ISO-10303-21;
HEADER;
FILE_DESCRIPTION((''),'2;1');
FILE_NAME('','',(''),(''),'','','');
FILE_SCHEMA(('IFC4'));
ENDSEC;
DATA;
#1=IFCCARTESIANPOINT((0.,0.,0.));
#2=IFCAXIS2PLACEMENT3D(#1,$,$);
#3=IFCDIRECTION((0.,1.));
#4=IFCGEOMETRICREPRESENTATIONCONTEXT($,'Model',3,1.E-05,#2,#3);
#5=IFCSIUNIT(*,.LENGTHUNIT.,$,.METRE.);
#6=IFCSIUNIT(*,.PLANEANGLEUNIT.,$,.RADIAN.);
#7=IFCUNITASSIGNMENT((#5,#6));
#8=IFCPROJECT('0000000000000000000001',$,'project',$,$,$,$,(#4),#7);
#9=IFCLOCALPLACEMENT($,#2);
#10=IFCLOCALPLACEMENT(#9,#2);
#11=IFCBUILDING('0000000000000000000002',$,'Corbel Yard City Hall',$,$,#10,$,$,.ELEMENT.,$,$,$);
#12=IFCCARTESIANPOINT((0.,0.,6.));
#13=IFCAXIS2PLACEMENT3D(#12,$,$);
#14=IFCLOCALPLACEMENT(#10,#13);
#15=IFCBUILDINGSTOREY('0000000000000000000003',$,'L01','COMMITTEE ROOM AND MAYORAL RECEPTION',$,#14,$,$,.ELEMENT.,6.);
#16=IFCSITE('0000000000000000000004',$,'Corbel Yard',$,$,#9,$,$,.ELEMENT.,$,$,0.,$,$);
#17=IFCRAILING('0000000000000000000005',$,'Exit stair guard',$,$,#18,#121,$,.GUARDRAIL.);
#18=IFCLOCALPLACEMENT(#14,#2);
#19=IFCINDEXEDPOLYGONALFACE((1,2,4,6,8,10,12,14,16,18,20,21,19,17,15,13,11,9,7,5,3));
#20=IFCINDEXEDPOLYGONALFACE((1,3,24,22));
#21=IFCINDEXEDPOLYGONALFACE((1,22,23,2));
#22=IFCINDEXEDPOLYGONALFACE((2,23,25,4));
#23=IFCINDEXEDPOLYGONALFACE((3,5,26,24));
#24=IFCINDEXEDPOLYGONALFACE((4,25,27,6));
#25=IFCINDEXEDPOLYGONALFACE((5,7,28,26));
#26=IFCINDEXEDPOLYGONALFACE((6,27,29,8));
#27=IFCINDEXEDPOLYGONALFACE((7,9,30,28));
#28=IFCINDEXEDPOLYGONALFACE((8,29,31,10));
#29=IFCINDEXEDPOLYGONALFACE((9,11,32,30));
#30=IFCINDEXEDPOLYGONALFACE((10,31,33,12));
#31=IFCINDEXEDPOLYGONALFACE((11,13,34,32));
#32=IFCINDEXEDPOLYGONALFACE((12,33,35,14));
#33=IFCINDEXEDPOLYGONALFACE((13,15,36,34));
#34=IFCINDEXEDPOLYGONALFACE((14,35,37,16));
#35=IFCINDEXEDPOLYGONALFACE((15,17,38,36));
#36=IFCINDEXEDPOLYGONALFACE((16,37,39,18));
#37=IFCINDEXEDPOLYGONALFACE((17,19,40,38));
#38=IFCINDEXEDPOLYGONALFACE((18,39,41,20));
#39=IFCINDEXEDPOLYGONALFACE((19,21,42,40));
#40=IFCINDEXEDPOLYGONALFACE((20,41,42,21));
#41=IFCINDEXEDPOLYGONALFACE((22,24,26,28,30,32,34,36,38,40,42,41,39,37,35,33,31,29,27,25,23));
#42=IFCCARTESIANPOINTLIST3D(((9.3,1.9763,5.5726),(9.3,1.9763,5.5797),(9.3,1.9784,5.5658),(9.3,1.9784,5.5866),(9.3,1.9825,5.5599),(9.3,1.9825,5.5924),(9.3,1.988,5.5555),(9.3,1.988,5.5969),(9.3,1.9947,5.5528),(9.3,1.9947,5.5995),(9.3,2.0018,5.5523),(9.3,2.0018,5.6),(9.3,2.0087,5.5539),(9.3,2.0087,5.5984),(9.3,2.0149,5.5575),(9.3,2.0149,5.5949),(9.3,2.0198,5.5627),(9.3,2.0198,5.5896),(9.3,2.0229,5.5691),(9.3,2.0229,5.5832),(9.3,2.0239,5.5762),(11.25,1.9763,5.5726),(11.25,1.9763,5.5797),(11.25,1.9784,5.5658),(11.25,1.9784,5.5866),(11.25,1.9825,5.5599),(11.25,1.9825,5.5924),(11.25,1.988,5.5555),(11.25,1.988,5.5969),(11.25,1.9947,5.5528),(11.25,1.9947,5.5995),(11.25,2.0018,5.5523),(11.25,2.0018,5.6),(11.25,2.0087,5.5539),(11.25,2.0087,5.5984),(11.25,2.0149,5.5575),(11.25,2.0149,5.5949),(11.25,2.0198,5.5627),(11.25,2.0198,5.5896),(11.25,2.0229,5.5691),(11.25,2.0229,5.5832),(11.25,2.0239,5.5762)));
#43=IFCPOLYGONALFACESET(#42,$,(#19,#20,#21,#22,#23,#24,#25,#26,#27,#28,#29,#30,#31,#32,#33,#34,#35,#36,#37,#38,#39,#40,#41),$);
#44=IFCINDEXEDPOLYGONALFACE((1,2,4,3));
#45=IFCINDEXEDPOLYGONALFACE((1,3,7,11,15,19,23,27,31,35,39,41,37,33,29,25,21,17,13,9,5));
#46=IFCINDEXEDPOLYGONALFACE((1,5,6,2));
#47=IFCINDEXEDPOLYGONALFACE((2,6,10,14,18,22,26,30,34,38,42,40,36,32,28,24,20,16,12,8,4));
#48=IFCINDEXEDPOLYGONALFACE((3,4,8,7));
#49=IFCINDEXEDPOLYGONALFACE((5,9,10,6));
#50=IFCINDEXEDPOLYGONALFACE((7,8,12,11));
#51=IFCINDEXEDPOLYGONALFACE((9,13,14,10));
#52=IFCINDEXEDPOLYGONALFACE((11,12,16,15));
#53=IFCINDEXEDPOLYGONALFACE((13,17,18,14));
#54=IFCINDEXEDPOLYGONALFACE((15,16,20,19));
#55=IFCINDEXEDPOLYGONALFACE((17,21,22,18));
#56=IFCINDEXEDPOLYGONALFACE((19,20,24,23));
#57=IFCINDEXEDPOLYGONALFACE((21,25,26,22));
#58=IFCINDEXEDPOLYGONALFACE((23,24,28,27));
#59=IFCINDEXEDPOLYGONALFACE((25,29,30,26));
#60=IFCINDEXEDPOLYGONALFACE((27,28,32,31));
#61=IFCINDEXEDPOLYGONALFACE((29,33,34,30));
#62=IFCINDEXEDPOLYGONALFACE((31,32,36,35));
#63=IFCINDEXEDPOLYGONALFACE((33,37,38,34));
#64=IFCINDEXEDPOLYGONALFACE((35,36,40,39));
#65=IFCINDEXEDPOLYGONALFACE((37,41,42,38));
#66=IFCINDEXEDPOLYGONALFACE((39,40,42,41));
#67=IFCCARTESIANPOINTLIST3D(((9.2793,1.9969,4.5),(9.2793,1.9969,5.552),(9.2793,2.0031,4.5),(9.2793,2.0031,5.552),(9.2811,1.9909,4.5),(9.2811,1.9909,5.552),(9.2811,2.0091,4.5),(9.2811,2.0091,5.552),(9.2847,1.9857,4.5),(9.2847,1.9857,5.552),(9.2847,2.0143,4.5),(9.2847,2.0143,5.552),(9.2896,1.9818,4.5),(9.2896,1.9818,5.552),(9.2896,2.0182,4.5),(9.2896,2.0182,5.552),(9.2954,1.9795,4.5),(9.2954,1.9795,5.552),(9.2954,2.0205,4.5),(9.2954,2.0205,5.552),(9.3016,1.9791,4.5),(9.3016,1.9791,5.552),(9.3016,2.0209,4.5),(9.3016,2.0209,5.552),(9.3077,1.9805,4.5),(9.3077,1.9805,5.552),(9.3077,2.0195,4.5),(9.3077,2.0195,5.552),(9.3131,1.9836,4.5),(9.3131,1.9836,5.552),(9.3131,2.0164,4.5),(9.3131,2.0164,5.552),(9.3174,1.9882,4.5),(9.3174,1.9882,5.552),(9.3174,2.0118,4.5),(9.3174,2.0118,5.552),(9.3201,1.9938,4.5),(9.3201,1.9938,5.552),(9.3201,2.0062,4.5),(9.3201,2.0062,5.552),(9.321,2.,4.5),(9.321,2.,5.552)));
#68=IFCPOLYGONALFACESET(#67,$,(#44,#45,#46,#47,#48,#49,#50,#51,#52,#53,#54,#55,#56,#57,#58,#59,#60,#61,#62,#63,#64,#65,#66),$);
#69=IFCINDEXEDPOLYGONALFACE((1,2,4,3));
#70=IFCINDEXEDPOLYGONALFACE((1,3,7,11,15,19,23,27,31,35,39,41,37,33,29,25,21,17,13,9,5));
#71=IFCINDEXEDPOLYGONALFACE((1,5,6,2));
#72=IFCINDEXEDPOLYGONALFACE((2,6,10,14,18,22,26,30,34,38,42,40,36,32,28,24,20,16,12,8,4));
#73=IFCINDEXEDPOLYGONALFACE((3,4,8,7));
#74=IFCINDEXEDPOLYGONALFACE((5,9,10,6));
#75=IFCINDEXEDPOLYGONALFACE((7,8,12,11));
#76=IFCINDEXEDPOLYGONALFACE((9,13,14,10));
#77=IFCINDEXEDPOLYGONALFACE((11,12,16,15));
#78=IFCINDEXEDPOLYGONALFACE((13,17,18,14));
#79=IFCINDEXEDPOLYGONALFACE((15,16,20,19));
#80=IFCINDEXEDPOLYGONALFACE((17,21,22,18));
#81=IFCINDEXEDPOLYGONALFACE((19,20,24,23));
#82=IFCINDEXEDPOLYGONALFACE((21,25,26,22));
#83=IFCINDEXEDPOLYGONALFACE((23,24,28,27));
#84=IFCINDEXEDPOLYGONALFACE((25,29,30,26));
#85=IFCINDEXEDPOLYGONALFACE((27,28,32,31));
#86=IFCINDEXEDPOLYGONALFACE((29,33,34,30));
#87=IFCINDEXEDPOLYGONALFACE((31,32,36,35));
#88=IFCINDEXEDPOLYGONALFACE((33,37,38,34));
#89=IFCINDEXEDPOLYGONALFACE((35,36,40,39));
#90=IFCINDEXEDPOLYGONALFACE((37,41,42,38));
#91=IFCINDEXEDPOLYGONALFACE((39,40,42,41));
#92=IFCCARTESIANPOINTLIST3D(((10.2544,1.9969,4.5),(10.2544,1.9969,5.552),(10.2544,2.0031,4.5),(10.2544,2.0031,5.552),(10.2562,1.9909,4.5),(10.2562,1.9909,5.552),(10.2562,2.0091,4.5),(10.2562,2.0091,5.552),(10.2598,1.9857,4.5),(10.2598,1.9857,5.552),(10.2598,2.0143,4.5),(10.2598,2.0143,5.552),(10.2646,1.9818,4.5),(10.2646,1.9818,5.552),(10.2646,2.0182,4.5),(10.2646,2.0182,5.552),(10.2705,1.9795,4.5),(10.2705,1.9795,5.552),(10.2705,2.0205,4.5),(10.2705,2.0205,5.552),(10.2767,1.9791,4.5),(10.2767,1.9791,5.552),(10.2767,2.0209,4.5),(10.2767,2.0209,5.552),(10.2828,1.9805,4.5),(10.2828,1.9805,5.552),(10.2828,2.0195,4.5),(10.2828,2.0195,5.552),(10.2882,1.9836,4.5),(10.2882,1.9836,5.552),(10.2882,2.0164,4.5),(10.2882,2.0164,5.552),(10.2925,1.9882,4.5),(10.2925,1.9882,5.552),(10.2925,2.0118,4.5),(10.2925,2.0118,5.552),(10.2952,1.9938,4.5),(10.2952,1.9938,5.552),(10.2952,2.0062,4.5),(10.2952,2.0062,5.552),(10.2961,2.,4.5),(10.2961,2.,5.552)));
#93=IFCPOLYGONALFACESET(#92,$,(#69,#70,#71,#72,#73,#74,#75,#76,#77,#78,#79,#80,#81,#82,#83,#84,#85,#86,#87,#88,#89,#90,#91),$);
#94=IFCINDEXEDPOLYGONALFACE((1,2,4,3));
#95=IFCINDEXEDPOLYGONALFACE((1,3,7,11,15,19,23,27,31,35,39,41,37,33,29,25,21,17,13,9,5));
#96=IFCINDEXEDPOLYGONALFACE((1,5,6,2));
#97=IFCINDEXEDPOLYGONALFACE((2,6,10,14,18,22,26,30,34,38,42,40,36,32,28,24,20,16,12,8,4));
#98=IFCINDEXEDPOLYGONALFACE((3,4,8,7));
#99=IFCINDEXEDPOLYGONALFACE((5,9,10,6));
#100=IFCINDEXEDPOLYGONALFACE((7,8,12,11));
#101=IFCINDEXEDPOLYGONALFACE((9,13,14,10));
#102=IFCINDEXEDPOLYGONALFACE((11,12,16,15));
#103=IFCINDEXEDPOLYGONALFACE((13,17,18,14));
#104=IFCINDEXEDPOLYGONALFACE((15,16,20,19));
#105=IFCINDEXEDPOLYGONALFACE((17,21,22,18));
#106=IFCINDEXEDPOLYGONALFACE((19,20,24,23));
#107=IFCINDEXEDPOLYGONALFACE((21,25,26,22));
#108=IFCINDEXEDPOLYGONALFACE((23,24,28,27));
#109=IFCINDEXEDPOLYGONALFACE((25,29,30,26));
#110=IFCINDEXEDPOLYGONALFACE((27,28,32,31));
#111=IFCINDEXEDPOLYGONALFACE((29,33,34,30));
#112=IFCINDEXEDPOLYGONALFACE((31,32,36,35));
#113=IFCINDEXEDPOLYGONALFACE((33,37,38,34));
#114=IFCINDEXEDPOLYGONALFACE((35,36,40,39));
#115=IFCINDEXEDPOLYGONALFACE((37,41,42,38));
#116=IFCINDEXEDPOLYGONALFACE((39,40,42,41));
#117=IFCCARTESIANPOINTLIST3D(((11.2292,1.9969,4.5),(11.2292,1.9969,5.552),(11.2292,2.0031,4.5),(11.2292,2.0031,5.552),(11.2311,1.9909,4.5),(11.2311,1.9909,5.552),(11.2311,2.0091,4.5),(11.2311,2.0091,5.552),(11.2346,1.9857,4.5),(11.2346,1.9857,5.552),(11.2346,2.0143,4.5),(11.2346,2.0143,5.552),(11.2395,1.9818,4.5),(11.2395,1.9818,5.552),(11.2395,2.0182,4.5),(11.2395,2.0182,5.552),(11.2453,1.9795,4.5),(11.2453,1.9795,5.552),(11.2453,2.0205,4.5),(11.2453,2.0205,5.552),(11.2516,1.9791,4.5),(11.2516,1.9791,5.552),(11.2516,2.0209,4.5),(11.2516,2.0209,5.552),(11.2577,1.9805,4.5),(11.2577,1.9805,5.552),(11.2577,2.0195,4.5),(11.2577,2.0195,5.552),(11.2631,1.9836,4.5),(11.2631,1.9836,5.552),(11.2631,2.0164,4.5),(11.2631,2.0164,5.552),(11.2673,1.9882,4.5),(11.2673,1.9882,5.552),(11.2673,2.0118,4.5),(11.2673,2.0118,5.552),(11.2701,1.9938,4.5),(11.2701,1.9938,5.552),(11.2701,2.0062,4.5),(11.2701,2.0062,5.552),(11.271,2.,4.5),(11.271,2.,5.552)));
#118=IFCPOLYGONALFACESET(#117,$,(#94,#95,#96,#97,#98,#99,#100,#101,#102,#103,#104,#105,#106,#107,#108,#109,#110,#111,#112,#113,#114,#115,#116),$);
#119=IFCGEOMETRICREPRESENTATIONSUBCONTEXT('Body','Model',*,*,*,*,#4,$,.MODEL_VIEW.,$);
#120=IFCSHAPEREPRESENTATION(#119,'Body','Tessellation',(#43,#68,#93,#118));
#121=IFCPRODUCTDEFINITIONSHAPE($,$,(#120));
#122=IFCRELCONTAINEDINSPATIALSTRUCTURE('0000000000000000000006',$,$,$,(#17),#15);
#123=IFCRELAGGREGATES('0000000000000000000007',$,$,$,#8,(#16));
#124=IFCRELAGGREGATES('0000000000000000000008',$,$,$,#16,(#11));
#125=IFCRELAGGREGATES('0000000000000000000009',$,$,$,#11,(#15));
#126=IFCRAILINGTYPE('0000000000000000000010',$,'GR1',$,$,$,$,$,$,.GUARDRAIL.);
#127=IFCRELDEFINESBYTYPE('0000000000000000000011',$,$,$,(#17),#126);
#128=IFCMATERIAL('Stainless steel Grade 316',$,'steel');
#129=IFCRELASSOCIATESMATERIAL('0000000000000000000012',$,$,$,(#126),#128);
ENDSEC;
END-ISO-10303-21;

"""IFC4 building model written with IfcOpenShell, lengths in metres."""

from ifc_helpers import new_model, si_unit, direction, frame, origin, origin_2d, place, context, subcontext, project, spatial, circle, extrude, material, type_object, element, save


model = new_model("IFC4")

# Units and contexts
model_context = context("Model", 3, precision=1e-05, world=origin(), true_north=direction((0.0, 1.0)))
body_context = subcontext(model_context, "Body", "Model", "MODEL_VIEW")
ifc_project = project(units=[si_unit("LENGTHUNIT", "METRE"), si_unit("PLANEANGLEUNIT", "RADIAN")], contexts=[model_context])

# Site, building, storey
site_placement = place(None, origin())
site = spatial("IfcSite", under=ifc_project, at=site_placement, Name="Corbel Yard", CompositionType="ELEMENT", RefElevation=0.0)
building_placement = place(site_placement, origin())
building = spatial("IfcBuilding", under=site, at=building_placement, Name="Corbel Yard City Hall", CompositionType="ELEMENT")
storey_placement = place(building_placement, frame((0.0, 0.0, 6.0)))
storey = spatial("IfcBuildingStorey", under=building, at=storey_placement, Name="L01", Description="COMMITTEE ROOM AND MAYORAL RECEPTION", CompositionType="ELEMENT", Elevation=6.0)

# Shared definitions
ifc_material_1 = material(Name="Stainless steel Grade 316", Category="steel")

# Railing
railing_type_1 = type_object("IfcRailingType", Name="GR1", PredefinedType="GUARDRAIL", material=ifc_material_1)
railing_placement = place(storey_placement, frame((9.3, 2.0, 4.5)))
element("IfcRailing", 1, at=railing_placement, inside=storey, type_object=railing_type_1, Name="Exit stair guard", PredefinedType="GUARDRAIL", context=body_context, shape_type="SweptSolid", body=[
    extrude(circle(Radius=0.0239, at=origin_2d()), frame((0.0, 0.0, 1.0762), z_axis=(1.0, 0.0, 0.0), x_axis=(0.0, 1.0, 0.0)), (0.0, 0.0, 1.0), 1.95),
    extrude(circle(Radius=0.021, at=origin_2d()), origin(), (0.0, 0.0, 1.0), 1.052),
    extrude(circle(Radius=0.021, at=origin_2d()), frame((0.9751, 0.0, 0.0)), (0.0, 0.0, 1.0), 1.052),
    extrude(circle(Radius=0.021, at=origin_2d()), frame((1.95, 0.0, 0.0)), (0.0, 0.0, 1.0), 1.052),
])

save(model, "model.ifc")
